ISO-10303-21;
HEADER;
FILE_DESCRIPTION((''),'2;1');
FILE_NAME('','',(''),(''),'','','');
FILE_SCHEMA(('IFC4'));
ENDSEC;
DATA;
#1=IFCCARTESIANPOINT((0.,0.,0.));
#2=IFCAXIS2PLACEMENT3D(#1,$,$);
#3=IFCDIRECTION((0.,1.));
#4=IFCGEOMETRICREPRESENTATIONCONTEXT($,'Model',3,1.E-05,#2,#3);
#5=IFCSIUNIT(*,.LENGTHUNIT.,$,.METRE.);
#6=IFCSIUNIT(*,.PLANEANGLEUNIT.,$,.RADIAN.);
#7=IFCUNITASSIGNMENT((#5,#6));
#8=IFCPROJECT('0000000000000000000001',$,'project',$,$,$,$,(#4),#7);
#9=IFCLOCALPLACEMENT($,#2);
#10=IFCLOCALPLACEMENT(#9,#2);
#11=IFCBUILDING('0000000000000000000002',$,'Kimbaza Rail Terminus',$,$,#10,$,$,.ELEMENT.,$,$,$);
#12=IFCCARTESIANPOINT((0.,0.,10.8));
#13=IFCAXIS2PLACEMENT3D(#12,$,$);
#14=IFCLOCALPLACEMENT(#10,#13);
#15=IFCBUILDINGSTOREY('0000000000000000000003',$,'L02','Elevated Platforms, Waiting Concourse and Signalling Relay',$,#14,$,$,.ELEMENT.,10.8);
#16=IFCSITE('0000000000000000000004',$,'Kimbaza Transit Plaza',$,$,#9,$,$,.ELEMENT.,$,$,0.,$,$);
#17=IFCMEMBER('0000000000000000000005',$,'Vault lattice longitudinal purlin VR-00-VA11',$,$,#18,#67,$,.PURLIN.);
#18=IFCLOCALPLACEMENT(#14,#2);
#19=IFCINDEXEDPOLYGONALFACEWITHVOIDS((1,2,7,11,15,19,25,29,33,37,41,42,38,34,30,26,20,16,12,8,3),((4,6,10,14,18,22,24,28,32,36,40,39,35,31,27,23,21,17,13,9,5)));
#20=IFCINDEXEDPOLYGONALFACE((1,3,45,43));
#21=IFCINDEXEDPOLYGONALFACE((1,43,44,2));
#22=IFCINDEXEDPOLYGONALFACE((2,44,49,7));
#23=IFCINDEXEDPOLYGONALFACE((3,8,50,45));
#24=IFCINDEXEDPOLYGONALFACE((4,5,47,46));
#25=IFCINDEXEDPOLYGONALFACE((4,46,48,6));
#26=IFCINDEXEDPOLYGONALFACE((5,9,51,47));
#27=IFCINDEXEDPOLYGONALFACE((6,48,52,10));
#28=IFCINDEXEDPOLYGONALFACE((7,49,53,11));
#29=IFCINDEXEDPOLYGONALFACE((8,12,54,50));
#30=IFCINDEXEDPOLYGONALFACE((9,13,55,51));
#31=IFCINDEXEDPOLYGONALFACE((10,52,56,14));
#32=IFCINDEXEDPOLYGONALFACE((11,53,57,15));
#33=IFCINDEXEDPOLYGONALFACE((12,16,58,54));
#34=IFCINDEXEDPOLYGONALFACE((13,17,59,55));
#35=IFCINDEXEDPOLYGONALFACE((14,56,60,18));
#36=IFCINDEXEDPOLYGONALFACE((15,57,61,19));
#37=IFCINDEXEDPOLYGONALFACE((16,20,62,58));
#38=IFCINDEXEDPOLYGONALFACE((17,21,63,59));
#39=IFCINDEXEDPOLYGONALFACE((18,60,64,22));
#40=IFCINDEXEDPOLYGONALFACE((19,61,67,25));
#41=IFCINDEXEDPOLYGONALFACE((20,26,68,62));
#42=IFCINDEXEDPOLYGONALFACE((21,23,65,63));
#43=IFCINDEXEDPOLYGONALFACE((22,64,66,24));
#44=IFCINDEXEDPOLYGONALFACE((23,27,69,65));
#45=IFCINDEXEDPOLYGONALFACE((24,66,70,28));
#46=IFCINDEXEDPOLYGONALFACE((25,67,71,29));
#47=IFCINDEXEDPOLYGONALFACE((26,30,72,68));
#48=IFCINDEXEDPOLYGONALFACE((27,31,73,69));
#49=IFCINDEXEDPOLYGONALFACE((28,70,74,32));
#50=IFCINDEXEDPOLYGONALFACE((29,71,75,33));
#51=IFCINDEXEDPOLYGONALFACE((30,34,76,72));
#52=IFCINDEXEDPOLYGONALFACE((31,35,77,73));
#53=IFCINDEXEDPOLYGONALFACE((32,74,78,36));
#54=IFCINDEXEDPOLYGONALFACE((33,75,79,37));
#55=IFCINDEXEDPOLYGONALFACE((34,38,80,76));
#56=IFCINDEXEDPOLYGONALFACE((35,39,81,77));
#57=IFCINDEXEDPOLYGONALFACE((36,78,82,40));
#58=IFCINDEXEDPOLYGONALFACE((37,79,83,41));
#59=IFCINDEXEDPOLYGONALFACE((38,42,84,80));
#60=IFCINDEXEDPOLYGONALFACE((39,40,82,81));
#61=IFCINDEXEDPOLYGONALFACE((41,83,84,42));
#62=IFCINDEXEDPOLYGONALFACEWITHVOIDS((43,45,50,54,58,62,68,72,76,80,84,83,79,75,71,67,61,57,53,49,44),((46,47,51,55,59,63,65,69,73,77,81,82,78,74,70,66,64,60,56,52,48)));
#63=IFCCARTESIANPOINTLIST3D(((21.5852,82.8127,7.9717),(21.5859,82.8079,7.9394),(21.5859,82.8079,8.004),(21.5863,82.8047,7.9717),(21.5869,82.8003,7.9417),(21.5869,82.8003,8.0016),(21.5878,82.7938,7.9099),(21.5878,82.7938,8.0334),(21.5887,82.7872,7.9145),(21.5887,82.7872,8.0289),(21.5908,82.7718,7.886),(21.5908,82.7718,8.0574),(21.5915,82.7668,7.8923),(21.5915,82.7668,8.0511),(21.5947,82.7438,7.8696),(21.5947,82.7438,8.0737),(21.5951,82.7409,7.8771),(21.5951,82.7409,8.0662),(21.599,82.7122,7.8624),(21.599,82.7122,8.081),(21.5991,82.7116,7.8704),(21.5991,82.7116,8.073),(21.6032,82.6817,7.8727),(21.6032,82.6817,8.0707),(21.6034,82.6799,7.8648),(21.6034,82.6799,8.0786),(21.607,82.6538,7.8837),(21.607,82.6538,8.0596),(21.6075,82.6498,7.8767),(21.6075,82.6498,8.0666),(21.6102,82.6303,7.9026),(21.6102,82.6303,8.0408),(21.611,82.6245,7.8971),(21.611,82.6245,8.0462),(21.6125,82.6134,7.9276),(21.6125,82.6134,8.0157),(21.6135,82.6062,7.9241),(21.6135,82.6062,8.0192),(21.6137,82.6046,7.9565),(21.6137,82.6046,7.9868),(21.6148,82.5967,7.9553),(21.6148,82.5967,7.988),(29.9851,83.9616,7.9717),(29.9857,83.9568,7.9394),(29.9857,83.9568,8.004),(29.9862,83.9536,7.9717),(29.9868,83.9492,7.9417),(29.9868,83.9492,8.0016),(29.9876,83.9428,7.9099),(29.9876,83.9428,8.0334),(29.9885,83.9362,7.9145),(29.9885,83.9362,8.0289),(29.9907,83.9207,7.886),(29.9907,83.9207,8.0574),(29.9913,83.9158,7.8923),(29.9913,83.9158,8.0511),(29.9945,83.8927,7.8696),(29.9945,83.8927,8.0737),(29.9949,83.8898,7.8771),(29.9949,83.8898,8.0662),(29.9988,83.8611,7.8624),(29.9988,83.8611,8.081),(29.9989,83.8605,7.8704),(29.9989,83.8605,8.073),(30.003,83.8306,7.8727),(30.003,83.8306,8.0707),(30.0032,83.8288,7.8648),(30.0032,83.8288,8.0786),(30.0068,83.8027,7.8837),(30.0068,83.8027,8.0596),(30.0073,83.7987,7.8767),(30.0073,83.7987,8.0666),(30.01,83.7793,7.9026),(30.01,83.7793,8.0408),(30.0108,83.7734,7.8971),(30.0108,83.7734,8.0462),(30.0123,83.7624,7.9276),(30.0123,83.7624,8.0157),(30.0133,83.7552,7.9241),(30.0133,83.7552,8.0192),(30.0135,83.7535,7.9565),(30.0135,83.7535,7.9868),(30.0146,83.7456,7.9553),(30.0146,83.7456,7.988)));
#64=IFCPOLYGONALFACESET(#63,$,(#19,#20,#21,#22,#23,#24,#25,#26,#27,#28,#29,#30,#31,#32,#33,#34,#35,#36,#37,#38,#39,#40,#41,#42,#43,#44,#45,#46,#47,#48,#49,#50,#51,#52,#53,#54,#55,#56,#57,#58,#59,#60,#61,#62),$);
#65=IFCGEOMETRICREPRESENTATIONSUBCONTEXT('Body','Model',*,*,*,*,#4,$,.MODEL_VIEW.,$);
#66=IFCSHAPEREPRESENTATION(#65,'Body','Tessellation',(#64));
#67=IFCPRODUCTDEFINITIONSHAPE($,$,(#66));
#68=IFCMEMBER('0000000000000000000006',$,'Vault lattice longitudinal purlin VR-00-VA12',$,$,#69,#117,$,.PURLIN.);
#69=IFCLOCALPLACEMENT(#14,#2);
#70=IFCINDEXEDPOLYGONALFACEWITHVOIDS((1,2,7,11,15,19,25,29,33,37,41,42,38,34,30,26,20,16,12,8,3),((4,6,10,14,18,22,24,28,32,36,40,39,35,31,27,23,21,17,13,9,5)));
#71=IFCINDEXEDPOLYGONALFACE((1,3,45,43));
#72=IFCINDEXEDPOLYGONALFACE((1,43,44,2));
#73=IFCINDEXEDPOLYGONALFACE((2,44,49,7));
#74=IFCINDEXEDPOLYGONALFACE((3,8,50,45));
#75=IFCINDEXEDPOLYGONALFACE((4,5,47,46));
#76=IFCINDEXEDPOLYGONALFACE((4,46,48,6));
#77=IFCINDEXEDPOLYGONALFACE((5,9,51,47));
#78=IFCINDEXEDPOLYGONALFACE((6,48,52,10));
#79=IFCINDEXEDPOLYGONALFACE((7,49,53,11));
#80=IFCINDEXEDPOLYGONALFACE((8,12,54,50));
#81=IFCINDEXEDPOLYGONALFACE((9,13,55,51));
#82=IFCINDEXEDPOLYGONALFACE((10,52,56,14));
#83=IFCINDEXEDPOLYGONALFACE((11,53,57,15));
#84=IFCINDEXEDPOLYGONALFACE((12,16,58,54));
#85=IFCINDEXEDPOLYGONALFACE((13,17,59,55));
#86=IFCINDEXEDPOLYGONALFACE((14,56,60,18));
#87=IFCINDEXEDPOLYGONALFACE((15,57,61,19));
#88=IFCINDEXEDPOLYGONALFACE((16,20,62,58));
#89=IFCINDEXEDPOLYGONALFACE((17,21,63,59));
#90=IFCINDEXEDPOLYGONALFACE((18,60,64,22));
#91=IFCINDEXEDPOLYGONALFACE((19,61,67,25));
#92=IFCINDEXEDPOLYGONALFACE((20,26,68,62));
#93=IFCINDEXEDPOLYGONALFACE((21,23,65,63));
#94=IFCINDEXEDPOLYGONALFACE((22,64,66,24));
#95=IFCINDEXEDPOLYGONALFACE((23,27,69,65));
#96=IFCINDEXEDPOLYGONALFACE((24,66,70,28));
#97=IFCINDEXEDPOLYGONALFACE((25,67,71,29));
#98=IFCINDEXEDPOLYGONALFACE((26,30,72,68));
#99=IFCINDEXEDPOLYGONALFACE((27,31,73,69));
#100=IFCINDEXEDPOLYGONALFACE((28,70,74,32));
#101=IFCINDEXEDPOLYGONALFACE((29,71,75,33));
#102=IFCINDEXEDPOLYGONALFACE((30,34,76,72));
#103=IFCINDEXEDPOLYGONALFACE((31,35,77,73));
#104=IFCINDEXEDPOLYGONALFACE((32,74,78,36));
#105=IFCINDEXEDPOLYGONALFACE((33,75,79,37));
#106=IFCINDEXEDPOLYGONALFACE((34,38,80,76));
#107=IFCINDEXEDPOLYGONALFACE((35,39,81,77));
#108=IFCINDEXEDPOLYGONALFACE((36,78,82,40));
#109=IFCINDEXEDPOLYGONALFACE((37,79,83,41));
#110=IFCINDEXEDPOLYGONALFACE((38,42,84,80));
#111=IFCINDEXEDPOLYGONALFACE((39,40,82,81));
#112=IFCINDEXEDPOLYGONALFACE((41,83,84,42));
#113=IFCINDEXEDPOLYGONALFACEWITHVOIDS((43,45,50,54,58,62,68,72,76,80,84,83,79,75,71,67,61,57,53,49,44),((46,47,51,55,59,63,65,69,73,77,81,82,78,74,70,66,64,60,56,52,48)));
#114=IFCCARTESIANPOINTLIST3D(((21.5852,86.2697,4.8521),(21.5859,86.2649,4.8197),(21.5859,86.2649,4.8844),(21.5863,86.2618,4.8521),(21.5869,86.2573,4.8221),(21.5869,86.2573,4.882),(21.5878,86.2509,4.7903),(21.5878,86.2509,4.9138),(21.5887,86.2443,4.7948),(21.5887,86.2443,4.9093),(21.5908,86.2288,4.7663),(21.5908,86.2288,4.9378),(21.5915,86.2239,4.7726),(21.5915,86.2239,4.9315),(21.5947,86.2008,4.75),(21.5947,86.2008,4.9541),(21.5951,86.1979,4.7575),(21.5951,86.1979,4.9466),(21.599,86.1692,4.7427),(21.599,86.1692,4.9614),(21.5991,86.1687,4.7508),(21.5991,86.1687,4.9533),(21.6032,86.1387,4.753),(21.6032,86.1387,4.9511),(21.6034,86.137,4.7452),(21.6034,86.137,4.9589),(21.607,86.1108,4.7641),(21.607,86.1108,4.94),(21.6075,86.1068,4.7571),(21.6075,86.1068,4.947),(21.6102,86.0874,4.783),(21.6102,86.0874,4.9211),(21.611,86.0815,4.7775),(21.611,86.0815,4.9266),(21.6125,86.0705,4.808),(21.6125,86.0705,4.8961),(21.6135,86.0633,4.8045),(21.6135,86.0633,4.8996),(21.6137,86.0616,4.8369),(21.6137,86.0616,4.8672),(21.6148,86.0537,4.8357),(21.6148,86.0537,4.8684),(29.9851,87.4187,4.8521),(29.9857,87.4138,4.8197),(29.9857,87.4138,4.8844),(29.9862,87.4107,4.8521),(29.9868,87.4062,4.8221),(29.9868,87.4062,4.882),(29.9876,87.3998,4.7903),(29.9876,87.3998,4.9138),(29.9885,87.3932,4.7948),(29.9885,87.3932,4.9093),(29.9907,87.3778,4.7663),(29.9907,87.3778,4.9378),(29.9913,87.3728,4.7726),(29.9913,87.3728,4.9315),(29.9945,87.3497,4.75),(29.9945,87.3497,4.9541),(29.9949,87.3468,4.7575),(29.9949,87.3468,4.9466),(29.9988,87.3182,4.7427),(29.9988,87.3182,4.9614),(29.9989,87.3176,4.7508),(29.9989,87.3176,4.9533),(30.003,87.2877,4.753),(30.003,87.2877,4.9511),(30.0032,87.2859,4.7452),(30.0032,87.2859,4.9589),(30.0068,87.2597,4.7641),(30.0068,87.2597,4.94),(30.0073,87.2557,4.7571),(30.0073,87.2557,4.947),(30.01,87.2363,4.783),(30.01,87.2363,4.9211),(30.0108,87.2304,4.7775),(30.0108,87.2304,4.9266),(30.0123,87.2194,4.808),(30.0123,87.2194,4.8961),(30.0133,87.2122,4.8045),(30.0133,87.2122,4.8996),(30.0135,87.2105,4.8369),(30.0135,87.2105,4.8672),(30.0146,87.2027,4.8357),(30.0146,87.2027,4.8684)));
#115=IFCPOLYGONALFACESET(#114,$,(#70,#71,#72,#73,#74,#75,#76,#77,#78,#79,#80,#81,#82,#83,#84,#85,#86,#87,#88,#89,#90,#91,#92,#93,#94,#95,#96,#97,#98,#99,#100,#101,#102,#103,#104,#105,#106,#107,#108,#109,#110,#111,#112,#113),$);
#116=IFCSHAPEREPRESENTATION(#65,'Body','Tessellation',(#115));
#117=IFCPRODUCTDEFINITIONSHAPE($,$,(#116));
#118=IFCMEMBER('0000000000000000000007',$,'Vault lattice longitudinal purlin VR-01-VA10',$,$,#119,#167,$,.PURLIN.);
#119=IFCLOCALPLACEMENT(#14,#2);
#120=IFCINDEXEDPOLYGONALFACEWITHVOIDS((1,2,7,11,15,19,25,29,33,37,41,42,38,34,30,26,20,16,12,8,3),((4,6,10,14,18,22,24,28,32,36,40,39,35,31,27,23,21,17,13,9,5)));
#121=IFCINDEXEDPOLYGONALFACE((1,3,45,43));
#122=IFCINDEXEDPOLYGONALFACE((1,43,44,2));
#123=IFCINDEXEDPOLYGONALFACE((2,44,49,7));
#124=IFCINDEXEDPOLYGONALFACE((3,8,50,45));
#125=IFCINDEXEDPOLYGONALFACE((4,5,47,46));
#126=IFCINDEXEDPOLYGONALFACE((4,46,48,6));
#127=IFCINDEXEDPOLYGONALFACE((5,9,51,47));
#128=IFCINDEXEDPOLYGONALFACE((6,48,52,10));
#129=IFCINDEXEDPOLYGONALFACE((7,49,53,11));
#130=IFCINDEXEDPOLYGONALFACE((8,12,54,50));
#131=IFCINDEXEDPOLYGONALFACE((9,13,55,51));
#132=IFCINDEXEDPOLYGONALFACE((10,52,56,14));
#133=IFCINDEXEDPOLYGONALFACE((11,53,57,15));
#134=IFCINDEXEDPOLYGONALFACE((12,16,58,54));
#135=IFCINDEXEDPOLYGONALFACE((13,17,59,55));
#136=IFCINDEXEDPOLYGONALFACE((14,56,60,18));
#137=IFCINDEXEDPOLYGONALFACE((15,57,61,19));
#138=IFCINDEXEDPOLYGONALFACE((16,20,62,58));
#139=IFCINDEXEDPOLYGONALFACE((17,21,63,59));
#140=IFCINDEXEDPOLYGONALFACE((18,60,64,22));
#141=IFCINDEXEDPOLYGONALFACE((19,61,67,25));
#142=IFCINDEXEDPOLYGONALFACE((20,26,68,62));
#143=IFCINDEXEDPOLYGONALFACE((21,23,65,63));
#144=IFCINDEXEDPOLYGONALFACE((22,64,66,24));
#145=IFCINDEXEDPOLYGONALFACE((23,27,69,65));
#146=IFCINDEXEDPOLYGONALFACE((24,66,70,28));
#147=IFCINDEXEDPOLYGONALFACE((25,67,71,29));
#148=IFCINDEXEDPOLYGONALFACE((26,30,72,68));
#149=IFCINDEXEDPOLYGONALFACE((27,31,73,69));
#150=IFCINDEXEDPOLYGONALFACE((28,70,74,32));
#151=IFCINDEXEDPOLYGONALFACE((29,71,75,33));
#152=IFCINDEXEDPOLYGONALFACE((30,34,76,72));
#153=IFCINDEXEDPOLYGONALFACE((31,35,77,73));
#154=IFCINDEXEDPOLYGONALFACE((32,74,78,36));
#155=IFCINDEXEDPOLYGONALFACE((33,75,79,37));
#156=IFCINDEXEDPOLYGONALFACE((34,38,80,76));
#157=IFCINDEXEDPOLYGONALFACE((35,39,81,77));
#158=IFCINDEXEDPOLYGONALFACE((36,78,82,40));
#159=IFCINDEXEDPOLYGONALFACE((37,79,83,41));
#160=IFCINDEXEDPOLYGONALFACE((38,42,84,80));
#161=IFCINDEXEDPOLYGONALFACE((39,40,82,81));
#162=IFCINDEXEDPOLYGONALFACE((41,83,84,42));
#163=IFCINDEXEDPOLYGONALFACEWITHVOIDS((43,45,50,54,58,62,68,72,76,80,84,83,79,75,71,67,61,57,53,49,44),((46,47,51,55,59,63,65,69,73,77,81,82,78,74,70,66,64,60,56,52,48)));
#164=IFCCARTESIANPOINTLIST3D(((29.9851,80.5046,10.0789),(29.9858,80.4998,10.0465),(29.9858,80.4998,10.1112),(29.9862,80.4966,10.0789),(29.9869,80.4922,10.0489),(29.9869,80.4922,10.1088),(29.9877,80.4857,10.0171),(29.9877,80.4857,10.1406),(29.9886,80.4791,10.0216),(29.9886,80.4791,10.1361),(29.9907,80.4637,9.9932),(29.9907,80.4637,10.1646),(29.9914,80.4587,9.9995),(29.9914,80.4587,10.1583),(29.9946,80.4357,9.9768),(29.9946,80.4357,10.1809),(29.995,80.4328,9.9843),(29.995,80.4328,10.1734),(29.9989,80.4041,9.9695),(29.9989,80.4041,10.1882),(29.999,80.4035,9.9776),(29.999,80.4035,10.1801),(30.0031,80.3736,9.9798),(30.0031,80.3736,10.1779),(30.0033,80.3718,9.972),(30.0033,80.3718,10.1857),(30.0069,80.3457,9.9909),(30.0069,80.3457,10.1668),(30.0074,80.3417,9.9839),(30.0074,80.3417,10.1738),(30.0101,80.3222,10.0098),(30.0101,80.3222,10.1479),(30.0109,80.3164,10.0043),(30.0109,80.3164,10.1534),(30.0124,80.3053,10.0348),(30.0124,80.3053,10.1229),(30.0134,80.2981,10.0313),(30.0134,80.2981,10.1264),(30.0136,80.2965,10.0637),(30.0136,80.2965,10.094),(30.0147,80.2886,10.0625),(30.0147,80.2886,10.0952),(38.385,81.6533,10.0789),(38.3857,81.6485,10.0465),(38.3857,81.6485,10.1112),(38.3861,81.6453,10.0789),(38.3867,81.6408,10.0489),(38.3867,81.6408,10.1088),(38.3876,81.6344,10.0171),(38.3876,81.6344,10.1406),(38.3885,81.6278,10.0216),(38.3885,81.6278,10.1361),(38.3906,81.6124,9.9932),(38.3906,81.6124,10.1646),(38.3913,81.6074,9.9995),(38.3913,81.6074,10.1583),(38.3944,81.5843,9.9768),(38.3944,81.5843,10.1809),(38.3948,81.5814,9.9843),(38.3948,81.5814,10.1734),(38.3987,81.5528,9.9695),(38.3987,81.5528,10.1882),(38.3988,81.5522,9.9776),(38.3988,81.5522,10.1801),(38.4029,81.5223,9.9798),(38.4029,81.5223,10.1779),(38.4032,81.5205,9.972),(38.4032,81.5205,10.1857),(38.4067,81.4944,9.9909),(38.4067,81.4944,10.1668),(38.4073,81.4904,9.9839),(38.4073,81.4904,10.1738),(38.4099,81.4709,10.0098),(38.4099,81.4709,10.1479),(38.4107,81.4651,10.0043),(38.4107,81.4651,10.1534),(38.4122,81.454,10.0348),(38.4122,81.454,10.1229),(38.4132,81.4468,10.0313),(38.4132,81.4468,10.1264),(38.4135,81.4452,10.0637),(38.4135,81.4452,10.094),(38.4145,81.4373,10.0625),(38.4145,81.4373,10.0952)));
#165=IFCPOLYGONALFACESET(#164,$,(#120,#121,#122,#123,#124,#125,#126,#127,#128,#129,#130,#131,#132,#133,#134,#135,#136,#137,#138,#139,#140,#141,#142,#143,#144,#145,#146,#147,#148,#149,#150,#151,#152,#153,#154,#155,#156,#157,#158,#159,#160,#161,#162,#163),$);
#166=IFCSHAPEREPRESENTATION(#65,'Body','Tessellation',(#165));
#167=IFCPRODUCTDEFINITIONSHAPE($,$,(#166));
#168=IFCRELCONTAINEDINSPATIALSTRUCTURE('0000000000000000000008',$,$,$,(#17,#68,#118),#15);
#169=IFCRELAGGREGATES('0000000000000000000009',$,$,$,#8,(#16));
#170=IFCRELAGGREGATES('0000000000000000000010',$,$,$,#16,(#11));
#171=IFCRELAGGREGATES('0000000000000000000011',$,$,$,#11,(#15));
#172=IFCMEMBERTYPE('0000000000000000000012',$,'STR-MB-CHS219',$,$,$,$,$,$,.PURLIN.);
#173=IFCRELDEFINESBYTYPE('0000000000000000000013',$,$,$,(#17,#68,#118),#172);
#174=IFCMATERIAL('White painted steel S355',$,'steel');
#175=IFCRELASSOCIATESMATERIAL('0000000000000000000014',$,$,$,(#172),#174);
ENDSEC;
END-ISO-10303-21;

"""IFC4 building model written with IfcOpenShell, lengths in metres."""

from ifc_helpers import new_model, si_unit, direction, frame, origin, origin_2d, place, context, subcontext, project, spatial, hollow_circle, extrude, material, material_profile, profile_set, type_object, element, save


model = new_model("IFC4")

# Units and contexts
model_context = context("Model", 3, precision=1e-05, world=origin(), true_north=direction((0.0, 1.0)))
body_context = subcontext(model_context, "Body", "Model", "MODEL_VIEW")
ifc_project = project(units=[si_unit("LENGTHUNIT", "METRE"), si_unit("PLANEANGLEUNIT", "RADIAN")], contexts=[model_context])

# Site, building, storey
site_placement = place(None, origin())
site = spatial("IfcSite", under=ifc_project, at=site_placement, Name="Kimbaza Transit Plaza", CompositionType="ELEMENT", RefElevation=0.0)
building_placement = place(site_placement, origin())
building = spatial("IfcBuilding", under=site, at=building_placement, Name="Kimbaza Rail Terminus", CompositionType="ELEMENT")
storey_placement = place(building_placement, frame((0.0, 0.0, 10.8)))
storey = spatial("IfcBuildingStorey", under=building, at=storey_placement, Name="L02", Description="Elevated Platforms, Waiting Concourse and Signalling Relay", CompositionType="ELEMENT", Elevation=10.8)

# Members
ifc_material_1 = material(Name="White painted steel S355", Category="steel")
ifc_material_profile_1 = material_profile(ifc_material_1, hollow_circle(Radius=0.1096, WallThickness=0.0081, at=origin_2d()), Name="CHS 219.1x8")
ifc_profile_set_1 = profile_set([ifc_material_profile_1], Name="White painted steel S355")
member_type_1 = type_object("IfcMemberType", Name="STR-MB-CHS219", PredefinedType="PURLIN", material=ifc_profile_set_1)
for number, where, z_axis, x_axis, name in (
    (1, (21.6001, 82.7041, 7.9717), (0.990775, 0.135517, 0.0), (-0.135517, 0.990775, 0.0), "Vault lattice longitudinal purlin VR-00-VA11"),
    (2, (21.6001, 86.1611, 4.8521), (0.990775, 0.135517, 0.0), (-0.135517, 0.990775, 0.0), "Vault lattice longitudinal purlin VR-00-VA12"),
    (3, (30.0, 80.396, 10.0789), (0.990779, 0.135488, 0.0), (-0.135488, 0.990779, 0.0), "Vault lattice longitudinal purlin VR-01-VA10"),
):
    element("IfcMember", number, at=place(storey_placement, frame(where, z_axis=z_axis, x_axis=x_axis)), inside=storey, type_object=member_type_1, Name=name, PredefinedType="PURLIN", context=body_context, shape_type="SweptSolid", body=[
        extrude(hollow_circle(Radius=0.1096, WallThickness=0.0081, at=origin_2d()), origin(), (0.0, 0.0, 1.0), 8.478),
    ])

save(model, "model.ifc")
